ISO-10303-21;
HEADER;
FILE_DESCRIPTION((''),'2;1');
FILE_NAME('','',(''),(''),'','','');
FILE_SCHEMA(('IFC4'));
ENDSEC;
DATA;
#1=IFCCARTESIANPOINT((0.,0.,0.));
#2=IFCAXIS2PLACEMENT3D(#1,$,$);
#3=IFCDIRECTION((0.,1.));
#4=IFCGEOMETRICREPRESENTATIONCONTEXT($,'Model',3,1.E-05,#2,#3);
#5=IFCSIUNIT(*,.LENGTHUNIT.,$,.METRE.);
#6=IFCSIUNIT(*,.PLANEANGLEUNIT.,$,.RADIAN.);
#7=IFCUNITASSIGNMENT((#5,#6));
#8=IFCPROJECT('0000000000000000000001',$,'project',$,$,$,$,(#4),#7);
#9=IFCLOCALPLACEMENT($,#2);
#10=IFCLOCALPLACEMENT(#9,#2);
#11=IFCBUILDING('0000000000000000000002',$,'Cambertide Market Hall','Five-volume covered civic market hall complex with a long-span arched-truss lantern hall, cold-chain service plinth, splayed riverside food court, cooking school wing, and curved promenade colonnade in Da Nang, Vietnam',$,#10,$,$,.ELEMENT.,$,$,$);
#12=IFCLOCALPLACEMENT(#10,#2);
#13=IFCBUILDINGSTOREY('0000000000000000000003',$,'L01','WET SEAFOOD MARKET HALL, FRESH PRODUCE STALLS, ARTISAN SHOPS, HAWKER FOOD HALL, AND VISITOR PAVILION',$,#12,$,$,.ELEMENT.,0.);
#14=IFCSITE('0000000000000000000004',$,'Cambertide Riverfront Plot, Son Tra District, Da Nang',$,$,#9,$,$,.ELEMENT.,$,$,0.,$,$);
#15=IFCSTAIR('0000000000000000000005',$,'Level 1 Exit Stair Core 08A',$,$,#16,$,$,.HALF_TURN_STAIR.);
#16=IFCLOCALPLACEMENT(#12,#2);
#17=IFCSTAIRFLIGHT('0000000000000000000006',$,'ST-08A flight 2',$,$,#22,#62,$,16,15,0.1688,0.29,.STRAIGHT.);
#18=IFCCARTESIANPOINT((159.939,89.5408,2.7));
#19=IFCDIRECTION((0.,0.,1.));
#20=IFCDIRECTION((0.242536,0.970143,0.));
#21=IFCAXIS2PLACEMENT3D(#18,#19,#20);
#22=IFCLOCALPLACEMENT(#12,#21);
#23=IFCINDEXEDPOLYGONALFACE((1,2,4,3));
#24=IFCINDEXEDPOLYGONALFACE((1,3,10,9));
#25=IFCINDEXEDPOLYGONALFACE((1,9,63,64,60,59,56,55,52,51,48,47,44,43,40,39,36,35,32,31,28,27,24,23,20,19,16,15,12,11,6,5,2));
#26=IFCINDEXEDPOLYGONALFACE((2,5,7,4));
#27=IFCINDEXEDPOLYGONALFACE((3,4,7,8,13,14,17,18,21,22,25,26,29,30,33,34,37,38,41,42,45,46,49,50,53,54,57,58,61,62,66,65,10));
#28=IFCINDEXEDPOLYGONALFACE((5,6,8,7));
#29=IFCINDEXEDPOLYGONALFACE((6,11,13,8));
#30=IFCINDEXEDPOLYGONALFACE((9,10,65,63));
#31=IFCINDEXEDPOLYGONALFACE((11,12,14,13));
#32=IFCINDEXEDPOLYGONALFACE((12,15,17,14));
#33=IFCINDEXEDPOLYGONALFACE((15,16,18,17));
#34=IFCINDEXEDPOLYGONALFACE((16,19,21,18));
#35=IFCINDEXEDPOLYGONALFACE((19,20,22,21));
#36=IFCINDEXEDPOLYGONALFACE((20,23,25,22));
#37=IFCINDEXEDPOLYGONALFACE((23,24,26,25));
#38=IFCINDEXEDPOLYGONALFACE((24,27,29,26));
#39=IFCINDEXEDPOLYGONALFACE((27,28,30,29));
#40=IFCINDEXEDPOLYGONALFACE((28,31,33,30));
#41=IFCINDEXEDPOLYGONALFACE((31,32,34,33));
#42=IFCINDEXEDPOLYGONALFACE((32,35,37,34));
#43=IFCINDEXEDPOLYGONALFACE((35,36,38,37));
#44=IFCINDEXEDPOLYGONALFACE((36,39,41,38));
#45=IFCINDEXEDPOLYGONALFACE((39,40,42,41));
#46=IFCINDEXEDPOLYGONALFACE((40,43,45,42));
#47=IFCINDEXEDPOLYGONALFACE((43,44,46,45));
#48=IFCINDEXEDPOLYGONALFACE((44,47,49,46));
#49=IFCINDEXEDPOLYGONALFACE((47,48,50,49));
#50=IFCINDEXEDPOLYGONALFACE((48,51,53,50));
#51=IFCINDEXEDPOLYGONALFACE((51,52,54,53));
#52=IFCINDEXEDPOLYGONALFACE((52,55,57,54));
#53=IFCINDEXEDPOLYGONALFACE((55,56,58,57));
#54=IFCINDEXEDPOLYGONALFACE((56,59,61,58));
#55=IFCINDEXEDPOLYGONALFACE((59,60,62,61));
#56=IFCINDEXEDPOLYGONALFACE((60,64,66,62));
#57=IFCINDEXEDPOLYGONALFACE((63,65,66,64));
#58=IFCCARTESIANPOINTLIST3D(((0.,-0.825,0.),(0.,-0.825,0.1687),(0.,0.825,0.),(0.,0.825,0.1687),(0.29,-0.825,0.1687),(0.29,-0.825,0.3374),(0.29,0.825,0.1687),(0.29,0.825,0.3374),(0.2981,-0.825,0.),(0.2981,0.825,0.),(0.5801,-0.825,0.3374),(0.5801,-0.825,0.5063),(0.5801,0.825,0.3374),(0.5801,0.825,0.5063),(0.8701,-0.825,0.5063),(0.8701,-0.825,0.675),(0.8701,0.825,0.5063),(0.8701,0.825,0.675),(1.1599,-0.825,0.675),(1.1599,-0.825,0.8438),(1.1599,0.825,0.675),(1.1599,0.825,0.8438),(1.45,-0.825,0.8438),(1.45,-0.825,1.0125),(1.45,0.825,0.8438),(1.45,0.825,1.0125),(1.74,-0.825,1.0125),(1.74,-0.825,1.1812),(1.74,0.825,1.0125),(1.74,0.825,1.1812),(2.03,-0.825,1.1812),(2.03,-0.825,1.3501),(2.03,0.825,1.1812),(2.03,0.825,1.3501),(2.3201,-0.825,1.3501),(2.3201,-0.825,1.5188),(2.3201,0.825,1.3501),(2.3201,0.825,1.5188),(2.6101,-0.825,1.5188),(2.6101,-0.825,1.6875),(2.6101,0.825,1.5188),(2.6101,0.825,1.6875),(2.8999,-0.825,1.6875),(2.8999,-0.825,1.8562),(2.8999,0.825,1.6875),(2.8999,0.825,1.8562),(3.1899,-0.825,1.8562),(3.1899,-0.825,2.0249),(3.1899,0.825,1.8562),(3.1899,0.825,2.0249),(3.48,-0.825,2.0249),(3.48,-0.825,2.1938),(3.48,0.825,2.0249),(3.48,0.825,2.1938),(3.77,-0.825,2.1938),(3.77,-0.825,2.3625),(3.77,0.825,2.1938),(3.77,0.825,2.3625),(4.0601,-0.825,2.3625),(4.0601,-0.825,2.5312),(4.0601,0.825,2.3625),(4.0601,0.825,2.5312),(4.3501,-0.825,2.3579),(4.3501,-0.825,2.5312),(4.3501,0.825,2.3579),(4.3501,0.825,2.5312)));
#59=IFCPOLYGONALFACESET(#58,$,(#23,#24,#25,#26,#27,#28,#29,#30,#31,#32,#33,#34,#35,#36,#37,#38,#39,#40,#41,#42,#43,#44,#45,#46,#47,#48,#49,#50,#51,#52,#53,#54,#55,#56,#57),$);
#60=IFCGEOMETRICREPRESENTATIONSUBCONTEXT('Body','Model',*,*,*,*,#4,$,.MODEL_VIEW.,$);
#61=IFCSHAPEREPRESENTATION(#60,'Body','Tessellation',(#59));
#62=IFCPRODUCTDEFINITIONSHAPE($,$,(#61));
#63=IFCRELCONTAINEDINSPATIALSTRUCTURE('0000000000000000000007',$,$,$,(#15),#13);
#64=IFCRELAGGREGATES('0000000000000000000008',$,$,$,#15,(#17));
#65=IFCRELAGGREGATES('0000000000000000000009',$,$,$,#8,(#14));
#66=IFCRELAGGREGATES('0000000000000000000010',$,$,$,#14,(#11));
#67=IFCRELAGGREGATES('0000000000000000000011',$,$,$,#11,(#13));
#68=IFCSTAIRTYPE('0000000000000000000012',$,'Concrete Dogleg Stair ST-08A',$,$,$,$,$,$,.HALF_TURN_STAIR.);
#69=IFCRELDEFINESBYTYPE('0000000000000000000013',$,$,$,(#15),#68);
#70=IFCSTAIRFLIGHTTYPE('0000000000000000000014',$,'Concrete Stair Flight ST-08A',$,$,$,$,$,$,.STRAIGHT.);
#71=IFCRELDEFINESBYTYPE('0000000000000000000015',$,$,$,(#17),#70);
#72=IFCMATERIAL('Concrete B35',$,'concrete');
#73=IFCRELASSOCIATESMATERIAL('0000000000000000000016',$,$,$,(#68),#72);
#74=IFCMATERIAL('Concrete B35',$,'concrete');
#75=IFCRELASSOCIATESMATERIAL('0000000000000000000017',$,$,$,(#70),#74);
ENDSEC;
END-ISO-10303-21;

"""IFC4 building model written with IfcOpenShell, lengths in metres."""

from ifc_helpers import new_model, si_unit, direction, frame, origin, place, context, subcontext, project, spatial, polyline, outline, extrude, material, type_object, element, aggregate, save


model = new_model("IFC4")

# Units and contexts
model_context = context("Model", 3, precision=1e-05, world=origin(), true_north=direction((0.0, 1.0)))
body_context = subcontext(model_context, "Body", "Model", "MODEL_VIEW")
ifc_project = project(units=[si_unit("LENGTHUNIT", "METRE"), si_unit("PLANEANGLEUNIT", "RADIAN")], contexts=[model_context])

# Site, building, storey
site_placement = place(None, origin())
site = spatial("IfcSite", under=ifc_project, at=site_placement, Name="Cambertide Riverfront Plot, Son Tra District, Da Nang", CompositionType="ELEMENT", RefElevation=0.0)
building_placement = place(site_placement, origin())
building = spatial("IfcBuilding", under=site, at=building_placement, Name="Cambertide Market Hall", Description="Five-volume covered civic market hall complex with a long-span arched-truss lantern hall, cold-chain service plinth, splayed riverside food court, cooking school wing, and curved promenade colonnade in Da Nang, Vietnam", CompositionType="ELEMENT")
storey_placement = place(building_placement, origin())
storey = spatial("IfcBuildingStorey", under=building, at=storey_placement, Name="L01", Description="WET SEAFOOD MARKET HALL, FRESH PRODUCE STALLS, ARTISAN SHOPS, HAWKER FOOD HALL, AND VISITOR PAVILION", CompositionType="ELEMENT", Elevation=0.0)

# Stair, stair flight
ifc_material_1 = material(Name="Concrete B35", Category="concrete")
stair_type = type_object("IfcStairType", Name="Concrete Dogleg Stair ST-08A", PredefinedType="HALF_TURN_STAIR", material=ifc_material_1)
stair_placement = place(storey_placement, origin())
stair = element("IfcStair", 1, at=stair_placement, inside=storey, type_object=stair_type, Name="Level 1 Exit Stair Core 08A", PredefinedType="HALF_TURN_STAIR")
ifc_material_2 = material(Name="Concrete B35", Category="concrete")
stair_flight_type = type_object("IfcStairFlightType", Name="Concrete Stair Flight ST-08A", PredefinedType="STRAIGHT", material=ifc_material_2)
stair_flight_placement = place(storey_placement, frame((159.939, 89.5408, 2.7), z_axis=(0.0, 0.0, 1.0), x_axis=(0.242536, 0.970143, 0.0)))
stair_flight = element("IfcStairFlight", 2, at=stair_flight_placement, type_object=stair_flight_type, Name="ST-08A flight 2", NumberOfRisers=16, NumberOfTreads=15, PredefinedType="STRAIGHT", RiserHeight=0.1688, TreadLength=0.29, context=body_context, shape_type="SweptSolid", body=[
    extrude(outline(polyline([(0.0, 0.0), (0.0, 0.1687), (0.29, 0.1687), (0.29, 0.3374), (0.5801, 0.3374), (0.5801, 0.5063), (0.8701, 0.5063), (0.8701, 0.675), (1.1599, 0.675), (1.1599, 0.8438), (1.45, 0.8438), (1.45, 1.0125), (1.74, 1.0125), (1.74, 1.1812), (2.03, 1.1812), (2.03, 1.3501), (2.3201, 1.3501), (2.3201, 1.5188), (2.6101, 1.5188), (2.6101, 1.6875), (2.8999, 1.6875), (2.8999, 1.8562), (3.1899, 1.8562), (3.1899, 2.0249), (3.48, 2.0249), (3.48, 2.1938), (3.77, 2.1938), (3.77, 2.3625), (4.0601, 2.3625), (4.0601, 2.5312), (4.3501, 2.5312), (4.3501, 2.7), (4.3501, 2.3579), (0.2981, 0.0), (0.0, 0.0)])), frame((0.0, 0.825, 0.0), z_axis=(0.0, -1.0, 0.0), x_axis=(1.0, 0.0, 0.0)), (0.0, 0.0, 1.0), 1.6499),
])
aggregate(stair, [stair_flight])

save(model, "model.ifc")
